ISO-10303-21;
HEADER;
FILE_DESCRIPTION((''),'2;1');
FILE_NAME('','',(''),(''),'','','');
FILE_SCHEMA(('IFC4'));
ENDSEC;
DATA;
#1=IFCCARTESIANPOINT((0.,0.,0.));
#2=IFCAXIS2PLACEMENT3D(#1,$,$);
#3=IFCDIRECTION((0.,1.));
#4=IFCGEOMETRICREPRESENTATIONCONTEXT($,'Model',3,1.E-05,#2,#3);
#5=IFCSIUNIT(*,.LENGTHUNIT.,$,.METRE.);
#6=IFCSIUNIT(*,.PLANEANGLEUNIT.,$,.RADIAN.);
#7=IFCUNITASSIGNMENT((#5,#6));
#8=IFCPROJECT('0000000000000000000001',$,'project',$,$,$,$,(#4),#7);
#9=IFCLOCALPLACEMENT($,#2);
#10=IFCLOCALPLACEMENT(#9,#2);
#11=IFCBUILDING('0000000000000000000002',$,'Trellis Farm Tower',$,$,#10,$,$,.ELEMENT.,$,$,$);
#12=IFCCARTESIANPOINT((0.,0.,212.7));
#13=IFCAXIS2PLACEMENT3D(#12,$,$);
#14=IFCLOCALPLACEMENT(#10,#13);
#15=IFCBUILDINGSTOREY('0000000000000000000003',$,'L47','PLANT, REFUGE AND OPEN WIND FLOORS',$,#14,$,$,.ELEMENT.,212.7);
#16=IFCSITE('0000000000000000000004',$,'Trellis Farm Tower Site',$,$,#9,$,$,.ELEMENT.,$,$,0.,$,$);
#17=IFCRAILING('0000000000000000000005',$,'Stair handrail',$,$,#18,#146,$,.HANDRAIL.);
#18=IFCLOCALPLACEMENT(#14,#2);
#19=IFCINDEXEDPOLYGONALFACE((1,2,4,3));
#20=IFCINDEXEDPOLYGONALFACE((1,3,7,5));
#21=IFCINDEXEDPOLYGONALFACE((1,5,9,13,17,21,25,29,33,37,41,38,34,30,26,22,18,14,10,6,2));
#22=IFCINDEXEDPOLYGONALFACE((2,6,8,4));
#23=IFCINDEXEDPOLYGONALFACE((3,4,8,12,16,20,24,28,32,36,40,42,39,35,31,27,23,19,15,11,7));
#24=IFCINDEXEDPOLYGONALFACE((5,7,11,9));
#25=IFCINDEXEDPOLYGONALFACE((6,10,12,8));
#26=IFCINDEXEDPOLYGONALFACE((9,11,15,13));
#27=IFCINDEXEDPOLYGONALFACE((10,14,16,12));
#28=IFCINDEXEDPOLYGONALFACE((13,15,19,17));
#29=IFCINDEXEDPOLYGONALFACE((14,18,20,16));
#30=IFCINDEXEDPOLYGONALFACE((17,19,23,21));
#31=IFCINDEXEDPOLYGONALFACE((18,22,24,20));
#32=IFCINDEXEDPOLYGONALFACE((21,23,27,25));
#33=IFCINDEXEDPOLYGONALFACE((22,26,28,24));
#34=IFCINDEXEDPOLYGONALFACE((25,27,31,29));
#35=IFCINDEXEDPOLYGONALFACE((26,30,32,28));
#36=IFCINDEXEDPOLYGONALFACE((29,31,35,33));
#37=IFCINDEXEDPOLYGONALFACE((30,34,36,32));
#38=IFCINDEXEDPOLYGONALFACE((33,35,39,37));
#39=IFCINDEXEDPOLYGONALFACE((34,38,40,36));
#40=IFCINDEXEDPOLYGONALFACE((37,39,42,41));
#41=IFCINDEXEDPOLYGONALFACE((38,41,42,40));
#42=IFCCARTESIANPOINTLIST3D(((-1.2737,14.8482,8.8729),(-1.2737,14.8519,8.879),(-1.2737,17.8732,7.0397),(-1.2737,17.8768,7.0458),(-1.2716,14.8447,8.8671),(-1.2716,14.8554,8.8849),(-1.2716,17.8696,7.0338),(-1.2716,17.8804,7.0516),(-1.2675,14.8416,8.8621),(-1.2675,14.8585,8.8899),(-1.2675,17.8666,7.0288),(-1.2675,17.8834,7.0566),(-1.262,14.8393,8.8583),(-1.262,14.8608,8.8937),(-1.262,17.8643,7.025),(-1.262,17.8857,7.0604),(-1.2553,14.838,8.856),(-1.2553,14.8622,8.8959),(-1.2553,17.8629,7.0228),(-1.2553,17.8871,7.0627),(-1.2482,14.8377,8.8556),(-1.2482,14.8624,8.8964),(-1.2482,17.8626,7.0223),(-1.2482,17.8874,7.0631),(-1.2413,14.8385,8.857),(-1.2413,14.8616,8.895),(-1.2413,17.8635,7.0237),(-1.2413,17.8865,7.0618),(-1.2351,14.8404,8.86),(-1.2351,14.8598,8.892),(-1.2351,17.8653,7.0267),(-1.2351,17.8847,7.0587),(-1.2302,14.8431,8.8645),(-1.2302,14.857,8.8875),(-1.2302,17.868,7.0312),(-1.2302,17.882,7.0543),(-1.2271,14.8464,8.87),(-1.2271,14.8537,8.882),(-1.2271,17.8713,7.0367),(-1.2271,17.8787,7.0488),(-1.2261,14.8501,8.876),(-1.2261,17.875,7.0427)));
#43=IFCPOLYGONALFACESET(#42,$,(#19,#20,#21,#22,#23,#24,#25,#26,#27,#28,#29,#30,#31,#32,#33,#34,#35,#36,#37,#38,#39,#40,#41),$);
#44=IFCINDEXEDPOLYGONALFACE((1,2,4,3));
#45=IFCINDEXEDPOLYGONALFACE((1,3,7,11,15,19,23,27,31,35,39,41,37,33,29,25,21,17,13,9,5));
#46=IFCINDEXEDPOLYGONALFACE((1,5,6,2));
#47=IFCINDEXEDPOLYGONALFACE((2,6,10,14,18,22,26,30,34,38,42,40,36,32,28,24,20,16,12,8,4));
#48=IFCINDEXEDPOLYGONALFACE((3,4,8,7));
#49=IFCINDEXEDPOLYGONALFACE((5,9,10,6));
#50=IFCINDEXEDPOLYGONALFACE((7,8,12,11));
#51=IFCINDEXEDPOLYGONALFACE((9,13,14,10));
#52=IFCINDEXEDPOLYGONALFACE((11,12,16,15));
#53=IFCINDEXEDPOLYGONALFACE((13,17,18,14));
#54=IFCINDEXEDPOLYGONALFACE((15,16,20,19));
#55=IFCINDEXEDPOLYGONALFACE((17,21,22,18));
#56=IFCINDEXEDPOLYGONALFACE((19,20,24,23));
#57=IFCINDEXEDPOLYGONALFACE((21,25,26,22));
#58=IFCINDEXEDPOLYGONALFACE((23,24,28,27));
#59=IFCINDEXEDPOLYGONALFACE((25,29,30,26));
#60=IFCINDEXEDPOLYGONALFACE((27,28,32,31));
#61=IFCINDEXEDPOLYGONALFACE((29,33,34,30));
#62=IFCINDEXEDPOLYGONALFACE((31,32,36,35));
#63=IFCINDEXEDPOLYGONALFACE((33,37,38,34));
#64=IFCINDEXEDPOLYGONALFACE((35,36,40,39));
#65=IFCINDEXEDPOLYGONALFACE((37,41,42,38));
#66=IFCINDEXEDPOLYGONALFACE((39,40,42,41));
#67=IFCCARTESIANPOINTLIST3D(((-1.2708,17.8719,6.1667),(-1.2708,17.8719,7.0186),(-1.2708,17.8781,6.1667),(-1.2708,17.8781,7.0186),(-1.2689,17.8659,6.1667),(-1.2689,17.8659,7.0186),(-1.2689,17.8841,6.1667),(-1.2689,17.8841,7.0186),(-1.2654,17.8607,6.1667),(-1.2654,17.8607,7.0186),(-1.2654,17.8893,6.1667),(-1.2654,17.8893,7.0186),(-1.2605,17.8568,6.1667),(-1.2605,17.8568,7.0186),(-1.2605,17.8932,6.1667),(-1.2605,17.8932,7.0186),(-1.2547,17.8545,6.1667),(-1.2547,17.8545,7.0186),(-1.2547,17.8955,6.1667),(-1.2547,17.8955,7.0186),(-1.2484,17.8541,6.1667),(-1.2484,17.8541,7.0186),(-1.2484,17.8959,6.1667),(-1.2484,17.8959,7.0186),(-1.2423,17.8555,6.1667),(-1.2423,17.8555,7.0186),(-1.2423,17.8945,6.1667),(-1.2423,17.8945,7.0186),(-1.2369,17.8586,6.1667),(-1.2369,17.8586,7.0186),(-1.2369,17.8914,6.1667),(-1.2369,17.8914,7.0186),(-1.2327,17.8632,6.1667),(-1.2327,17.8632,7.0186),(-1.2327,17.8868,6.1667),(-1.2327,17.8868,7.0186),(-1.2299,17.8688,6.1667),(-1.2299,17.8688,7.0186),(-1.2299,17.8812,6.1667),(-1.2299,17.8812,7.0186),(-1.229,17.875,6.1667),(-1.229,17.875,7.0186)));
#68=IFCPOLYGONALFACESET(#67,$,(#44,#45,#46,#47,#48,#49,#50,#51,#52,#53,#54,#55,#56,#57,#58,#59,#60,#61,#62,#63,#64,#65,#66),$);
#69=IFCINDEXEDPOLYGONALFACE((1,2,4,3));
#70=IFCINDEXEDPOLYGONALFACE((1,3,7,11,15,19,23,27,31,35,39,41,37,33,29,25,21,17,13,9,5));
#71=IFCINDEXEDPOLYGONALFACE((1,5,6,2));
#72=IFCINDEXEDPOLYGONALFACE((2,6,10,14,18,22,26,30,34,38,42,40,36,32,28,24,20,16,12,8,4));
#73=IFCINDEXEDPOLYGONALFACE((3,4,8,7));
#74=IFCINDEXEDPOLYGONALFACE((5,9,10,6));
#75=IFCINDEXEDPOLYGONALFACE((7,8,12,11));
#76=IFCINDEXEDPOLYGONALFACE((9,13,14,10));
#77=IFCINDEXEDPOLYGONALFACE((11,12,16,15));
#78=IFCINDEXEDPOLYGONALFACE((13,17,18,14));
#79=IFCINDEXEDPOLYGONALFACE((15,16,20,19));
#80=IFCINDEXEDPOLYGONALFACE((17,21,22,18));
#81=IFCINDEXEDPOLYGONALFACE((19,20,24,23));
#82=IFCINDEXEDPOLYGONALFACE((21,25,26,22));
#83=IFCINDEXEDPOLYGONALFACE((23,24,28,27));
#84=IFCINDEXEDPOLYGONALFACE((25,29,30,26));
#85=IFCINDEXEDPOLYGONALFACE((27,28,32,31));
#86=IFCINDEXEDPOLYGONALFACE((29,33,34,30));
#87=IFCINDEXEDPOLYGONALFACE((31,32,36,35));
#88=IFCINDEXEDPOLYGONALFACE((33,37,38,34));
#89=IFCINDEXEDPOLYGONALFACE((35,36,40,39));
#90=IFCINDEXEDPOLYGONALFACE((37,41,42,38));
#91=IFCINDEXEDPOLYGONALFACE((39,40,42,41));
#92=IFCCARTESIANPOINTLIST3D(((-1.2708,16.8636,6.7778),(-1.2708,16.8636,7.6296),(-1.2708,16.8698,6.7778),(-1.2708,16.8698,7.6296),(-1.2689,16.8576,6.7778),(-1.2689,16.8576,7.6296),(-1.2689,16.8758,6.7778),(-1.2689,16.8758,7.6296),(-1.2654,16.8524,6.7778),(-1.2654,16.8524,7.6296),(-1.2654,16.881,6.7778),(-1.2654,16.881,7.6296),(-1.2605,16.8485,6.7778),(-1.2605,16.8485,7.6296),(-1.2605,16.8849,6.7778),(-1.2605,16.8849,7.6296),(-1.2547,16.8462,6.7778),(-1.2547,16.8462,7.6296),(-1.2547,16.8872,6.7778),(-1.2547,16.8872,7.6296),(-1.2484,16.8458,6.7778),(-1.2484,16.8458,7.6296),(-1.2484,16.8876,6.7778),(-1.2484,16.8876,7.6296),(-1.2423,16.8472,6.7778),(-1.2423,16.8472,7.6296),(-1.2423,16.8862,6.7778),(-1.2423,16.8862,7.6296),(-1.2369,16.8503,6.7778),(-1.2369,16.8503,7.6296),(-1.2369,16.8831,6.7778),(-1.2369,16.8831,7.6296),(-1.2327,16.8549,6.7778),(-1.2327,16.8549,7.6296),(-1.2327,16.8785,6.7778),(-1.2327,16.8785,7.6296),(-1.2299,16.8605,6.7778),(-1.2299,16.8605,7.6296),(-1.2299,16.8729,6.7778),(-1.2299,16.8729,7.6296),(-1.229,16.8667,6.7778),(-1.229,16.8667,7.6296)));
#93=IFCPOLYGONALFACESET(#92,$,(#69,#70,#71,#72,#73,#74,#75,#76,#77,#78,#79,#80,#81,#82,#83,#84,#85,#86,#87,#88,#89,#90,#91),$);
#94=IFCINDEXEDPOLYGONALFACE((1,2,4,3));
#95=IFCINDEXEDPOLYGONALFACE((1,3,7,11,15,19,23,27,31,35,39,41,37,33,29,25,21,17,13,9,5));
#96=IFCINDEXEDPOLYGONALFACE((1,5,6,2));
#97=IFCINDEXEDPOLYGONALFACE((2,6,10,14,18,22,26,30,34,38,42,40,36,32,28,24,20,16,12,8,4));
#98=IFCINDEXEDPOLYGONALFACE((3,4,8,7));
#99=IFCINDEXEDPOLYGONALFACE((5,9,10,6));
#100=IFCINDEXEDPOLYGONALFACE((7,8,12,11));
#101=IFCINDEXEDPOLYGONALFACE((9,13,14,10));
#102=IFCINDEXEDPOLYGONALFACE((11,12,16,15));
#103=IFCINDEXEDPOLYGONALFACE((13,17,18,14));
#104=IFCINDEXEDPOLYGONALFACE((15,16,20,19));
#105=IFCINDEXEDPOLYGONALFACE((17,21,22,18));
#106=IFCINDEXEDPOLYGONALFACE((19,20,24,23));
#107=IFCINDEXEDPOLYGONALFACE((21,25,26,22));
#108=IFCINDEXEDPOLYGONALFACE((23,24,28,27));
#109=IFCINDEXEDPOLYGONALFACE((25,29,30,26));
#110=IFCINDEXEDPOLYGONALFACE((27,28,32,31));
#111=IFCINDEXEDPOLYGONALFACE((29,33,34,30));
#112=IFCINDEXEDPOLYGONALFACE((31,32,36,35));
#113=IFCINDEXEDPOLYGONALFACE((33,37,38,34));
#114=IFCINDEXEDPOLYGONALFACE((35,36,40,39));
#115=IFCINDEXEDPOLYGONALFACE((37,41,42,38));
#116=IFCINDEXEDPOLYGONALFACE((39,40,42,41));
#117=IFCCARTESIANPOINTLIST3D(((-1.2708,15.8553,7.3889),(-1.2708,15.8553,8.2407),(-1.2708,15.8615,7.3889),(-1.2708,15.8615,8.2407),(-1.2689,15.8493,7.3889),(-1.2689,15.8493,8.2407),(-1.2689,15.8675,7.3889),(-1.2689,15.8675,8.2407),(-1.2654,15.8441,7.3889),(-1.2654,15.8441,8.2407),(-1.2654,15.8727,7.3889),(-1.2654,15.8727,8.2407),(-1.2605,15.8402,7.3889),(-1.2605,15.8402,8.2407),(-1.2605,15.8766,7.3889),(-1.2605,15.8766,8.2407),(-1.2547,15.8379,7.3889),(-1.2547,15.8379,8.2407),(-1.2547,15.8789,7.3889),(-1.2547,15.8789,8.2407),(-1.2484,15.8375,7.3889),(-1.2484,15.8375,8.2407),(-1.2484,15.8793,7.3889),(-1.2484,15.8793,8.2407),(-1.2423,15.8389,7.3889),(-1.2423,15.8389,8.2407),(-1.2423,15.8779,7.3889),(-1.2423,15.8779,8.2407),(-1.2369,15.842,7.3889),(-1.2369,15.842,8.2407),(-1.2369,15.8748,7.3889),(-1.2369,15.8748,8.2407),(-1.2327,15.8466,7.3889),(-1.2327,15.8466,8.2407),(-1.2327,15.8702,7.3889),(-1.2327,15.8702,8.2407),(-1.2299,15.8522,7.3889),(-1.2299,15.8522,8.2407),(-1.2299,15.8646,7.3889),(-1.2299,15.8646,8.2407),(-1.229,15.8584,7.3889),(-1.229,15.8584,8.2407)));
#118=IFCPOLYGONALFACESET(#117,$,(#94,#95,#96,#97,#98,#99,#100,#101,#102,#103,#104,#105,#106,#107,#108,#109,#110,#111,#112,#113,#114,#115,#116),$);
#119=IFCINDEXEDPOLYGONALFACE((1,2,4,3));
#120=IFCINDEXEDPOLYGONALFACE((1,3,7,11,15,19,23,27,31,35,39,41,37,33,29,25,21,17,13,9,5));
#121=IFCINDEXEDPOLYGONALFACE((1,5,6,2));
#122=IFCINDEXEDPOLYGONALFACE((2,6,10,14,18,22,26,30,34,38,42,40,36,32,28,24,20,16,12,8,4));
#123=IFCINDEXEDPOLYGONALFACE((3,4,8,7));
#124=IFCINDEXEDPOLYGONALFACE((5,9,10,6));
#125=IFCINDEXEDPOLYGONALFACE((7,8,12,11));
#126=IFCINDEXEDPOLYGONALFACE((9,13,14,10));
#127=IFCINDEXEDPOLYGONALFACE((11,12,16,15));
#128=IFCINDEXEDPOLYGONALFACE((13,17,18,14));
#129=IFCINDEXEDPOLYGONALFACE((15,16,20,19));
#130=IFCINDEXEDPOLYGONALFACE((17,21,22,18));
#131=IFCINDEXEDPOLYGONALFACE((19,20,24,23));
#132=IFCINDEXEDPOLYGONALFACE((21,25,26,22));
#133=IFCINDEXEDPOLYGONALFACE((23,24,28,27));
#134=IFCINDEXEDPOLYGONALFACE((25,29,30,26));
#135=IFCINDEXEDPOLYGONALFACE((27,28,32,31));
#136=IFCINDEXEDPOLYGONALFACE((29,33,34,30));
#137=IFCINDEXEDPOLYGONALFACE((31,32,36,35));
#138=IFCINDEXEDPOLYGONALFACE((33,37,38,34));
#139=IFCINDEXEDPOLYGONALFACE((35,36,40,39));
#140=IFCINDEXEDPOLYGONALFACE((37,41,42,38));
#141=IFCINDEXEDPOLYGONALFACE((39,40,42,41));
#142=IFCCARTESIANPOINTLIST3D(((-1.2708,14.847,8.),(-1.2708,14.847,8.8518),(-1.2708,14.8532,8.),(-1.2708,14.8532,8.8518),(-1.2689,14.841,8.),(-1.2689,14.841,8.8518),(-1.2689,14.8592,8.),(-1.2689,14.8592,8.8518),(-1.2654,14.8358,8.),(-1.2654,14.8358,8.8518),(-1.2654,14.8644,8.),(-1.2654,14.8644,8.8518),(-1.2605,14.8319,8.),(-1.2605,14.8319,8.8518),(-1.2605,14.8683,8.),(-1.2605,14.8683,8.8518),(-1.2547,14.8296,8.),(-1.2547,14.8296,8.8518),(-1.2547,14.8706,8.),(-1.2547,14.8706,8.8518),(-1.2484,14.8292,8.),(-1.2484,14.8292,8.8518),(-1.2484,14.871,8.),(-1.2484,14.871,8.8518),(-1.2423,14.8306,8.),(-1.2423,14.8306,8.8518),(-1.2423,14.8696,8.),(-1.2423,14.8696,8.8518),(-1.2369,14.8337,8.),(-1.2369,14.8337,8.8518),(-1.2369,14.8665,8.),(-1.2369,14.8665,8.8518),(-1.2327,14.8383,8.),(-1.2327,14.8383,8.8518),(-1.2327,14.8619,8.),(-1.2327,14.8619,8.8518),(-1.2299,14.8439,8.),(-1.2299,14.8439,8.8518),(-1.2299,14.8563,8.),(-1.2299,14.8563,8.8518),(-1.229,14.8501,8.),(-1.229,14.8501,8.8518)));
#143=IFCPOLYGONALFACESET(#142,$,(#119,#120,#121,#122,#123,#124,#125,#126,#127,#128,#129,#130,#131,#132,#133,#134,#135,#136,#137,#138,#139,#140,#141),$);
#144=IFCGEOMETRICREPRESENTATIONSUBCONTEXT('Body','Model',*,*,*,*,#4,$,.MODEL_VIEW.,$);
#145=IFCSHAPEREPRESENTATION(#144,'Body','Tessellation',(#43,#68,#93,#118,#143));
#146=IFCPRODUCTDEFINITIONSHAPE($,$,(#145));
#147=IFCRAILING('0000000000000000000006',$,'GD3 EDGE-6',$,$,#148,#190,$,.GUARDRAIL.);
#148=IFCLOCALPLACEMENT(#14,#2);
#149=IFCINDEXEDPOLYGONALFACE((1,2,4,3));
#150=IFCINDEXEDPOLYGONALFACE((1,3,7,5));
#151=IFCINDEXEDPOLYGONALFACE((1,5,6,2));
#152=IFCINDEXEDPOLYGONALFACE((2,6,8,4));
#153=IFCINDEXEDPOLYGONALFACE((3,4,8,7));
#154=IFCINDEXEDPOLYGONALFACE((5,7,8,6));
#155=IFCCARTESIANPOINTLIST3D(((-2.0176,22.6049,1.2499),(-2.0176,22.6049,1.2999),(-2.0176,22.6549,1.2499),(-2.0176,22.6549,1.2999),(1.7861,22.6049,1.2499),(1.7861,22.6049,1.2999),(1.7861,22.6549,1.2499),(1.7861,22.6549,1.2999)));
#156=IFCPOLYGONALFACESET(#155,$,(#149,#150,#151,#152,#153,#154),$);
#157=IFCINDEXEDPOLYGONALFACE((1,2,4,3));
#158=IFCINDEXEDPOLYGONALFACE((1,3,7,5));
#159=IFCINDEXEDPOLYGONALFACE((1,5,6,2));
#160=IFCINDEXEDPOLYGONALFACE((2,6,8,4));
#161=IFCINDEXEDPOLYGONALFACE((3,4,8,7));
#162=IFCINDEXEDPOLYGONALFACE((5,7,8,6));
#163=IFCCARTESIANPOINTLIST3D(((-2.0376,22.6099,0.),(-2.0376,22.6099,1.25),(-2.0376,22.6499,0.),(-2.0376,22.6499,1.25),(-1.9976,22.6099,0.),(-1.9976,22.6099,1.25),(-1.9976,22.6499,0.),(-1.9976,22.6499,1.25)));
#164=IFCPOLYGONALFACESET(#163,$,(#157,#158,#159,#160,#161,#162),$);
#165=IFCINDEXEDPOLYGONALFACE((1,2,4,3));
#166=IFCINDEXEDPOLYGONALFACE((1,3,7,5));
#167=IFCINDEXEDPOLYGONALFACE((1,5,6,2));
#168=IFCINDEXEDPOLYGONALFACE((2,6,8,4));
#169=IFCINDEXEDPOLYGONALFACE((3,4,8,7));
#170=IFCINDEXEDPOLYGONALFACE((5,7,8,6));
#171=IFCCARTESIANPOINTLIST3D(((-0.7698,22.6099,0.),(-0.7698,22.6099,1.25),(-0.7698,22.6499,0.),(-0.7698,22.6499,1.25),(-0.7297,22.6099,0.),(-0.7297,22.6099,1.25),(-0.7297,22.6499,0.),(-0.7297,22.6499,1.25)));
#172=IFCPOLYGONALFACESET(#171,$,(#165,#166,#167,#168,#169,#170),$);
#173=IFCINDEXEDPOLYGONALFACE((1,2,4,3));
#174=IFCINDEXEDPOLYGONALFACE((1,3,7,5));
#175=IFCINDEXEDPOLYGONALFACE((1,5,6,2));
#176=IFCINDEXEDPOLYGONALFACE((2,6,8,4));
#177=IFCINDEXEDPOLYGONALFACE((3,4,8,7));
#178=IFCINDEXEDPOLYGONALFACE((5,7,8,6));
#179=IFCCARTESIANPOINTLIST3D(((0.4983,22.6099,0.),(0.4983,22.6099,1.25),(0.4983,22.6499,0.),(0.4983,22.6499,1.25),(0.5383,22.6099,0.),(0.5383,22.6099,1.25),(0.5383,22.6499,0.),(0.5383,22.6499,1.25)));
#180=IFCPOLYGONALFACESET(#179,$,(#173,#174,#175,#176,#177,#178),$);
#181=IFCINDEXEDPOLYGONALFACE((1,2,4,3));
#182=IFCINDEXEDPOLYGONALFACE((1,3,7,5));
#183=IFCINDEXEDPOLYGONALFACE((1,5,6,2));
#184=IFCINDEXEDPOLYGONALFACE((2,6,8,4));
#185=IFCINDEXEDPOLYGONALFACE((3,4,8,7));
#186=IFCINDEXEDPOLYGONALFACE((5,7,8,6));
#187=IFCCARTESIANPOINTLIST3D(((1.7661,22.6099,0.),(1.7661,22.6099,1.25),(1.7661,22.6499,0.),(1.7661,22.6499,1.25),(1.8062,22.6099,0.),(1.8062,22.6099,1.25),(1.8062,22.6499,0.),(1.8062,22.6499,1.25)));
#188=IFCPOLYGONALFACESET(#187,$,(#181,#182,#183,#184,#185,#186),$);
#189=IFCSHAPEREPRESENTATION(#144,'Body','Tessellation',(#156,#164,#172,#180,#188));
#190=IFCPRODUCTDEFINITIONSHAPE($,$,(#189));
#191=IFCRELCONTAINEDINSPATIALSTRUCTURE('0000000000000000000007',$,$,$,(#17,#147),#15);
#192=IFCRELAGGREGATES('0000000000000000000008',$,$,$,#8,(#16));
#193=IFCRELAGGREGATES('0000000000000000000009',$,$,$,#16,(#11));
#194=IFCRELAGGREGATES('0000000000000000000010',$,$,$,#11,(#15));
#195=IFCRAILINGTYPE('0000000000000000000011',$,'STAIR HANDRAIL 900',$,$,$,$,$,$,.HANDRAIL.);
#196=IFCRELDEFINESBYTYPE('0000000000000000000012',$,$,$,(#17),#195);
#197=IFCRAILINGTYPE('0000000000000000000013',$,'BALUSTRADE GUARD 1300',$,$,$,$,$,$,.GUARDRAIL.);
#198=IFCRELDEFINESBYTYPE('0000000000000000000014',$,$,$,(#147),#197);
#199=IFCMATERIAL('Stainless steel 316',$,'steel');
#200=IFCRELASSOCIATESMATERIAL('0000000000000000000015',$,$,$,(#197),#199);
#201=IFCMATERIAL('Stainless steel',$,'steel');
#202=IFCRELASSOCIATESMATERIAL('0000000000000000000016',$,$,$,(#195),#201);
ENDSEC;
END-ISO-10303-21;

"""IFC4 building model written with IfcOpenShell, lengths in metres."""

from ifc_helpers import new_model, si_unit, direction, frame, origin, origin_2d, place, context, subcontext, project, spatial, rectangle, circle, extrude, source, transform, mapped, material, type_object, element, save


model = new_model("IFC4")

# Units and contexts
model_context = context("Model", 3, precision=1e-05, world=origin(), true_north=direction((0.0, 1.0)))
body_context = subcontext(model_context, "Body", "Model", "MODEL_VIEW")
ifc_project = project(units=[si_unit("LENGTHUNIT", "METRE"), si_unit("PLANEANGLEUNIT", "RADIAN")], contexts=[model_context])

# Site, building, storey
site_placement = place(None, origin())
site = spatial("IfcSite", under=ifc_project, at=site_placement, Name="Trellis Farm Tower Site", CompositionType="ELEMENT", RefElevation=0.0)
building_placement = place(site_placement, origin())
building = spatial("IfcBuilding", under=site, at=building_placement, Name="Trellis Farm Tower", CompositionType="ELEMENT")
storey_placement = place(building_placement, frame((0.0, 0.0, 212.7)))
storey = spatial("IfcBuildingStorey", under=building, at=storey_placement, Name="L47", Description="PLANT, REFUGE AND OPEN WIND FLOORS", CompositionType="ELEMENT", Elevation=212.7)

# Railings
ifc_material_1 = material(Name="Stainless steel 316", Category="steel")
railing_type_1 = type_object("IfcRailingType", Name="BALUSTRADE GUARD 1300", PredefinedType="GUARDRAIL", material=ifc_material_1)
ifc_material_2 = material(Name="Stainless steel", Category="steel")
railing_type_2 = type_object("IfcRailingType", Name="STAIR HANDRAIL 900", PredefinedType="HANDRAIL", material=ifc_material_2)
shared_shape_1 = source(origin(), body_context, "Body", "SweptSolid", [
    extrude(circle(Radius=0.0239, at=origin_2d()), frame((0.0, 0.0, 0.876), z_axis=(0.0, -0.855201, 0.518297), x_axis=(1.0, 0.0, 0.0)), (0.0, 0.0, 1.0), 3.5371),
    extrude(circle(Radius=0.021, at=origin_2d()), origin(), (0.0, 0.0, 1.0), 0.8518),
    extrude(circle(Radius=0.021, at=origin_2d()), frame((0.0, -1.0083, 0.6111)), (0.0, 0.0, 1.0), 0.8518),
    extrude(circle(Radius=0.021, at=origin_2d()), frame((0.0, -2.0166, 1.2222)), (0.0, 0.0, 1.0), 0.8518),
    extrude(circle(Radius=0.021, at=origin_2d()), frame((0.0, -3.0249, 1.8333)), (0.0, 0.0, 1.0), 0.8518),
])
for number, where, name in (
    (1, (-1.25, 17.875, 6.1667), "Stair handrail"),
):
    element("IfcRailing", number, at=place(storey_placement, frame(where)), inside=storey, type_object=railing_type_2, Name=name, PredefinedType="HANDRAIL", context=body_context, shape_type="MappedRepresentation", body=[
        mapped(shared_shape_1, transform((0.0, 0.0, 0.0))),
    ])
shared_shape_2 = source(origin(), body_context, "Body", "SweptSolid", [
    extrude(rectangle(XDim=0.05, YDim=0.05, at=origin_2d()), frame((0.0, 0.0, 1.2749), z_axis=(1.0, 0.0, 0.0), x_axis=(0.0, 1.0, 0.0)), (0.0, 0.0, 1.0), 3.8037),
    extrude(rectangle(XDim=0.04, YDim=0.04, at=origin_2d()), origin(), (0.0, 0.0, 1.0), 1.25),
    extrude(rectangle(XDim=0.04, YDim=0.04, at=origin_2d()), frame((1.2678, 0.0, 0.0)), (0.0, 0.0, 1.0), 1.25),
    extrude(rectangle(XDim=0.04, YDim=0.04, at=origin_2d()), frame((2.5359, 0.0, 0.0)), (0.0, 0.0, 1.0), 1.25),
    extrude(rectangle(XDim=0.04, YDim=0.04, at=origin_2d()), frame((3.8037, 0.0, 0.0)), (0.0, 0.0, 1.0), 1.25),
])
railing_1_placement = place(storey_placement, frame((-2.0176, 22.6299, 0.0)))
element("IfcRailing", 2, at=railing_1_placement, inside=storey, type_object=railing_type_1, Name="GD3 EDGE-6", PredefinedType="GUARDRAIL", context=body_context, shape_type="MappedRepresentation", body=[
    mapped(shared_shape_2, transform((0.0, 0.0, 0.0))),
])

save(model, "model.ifc")
